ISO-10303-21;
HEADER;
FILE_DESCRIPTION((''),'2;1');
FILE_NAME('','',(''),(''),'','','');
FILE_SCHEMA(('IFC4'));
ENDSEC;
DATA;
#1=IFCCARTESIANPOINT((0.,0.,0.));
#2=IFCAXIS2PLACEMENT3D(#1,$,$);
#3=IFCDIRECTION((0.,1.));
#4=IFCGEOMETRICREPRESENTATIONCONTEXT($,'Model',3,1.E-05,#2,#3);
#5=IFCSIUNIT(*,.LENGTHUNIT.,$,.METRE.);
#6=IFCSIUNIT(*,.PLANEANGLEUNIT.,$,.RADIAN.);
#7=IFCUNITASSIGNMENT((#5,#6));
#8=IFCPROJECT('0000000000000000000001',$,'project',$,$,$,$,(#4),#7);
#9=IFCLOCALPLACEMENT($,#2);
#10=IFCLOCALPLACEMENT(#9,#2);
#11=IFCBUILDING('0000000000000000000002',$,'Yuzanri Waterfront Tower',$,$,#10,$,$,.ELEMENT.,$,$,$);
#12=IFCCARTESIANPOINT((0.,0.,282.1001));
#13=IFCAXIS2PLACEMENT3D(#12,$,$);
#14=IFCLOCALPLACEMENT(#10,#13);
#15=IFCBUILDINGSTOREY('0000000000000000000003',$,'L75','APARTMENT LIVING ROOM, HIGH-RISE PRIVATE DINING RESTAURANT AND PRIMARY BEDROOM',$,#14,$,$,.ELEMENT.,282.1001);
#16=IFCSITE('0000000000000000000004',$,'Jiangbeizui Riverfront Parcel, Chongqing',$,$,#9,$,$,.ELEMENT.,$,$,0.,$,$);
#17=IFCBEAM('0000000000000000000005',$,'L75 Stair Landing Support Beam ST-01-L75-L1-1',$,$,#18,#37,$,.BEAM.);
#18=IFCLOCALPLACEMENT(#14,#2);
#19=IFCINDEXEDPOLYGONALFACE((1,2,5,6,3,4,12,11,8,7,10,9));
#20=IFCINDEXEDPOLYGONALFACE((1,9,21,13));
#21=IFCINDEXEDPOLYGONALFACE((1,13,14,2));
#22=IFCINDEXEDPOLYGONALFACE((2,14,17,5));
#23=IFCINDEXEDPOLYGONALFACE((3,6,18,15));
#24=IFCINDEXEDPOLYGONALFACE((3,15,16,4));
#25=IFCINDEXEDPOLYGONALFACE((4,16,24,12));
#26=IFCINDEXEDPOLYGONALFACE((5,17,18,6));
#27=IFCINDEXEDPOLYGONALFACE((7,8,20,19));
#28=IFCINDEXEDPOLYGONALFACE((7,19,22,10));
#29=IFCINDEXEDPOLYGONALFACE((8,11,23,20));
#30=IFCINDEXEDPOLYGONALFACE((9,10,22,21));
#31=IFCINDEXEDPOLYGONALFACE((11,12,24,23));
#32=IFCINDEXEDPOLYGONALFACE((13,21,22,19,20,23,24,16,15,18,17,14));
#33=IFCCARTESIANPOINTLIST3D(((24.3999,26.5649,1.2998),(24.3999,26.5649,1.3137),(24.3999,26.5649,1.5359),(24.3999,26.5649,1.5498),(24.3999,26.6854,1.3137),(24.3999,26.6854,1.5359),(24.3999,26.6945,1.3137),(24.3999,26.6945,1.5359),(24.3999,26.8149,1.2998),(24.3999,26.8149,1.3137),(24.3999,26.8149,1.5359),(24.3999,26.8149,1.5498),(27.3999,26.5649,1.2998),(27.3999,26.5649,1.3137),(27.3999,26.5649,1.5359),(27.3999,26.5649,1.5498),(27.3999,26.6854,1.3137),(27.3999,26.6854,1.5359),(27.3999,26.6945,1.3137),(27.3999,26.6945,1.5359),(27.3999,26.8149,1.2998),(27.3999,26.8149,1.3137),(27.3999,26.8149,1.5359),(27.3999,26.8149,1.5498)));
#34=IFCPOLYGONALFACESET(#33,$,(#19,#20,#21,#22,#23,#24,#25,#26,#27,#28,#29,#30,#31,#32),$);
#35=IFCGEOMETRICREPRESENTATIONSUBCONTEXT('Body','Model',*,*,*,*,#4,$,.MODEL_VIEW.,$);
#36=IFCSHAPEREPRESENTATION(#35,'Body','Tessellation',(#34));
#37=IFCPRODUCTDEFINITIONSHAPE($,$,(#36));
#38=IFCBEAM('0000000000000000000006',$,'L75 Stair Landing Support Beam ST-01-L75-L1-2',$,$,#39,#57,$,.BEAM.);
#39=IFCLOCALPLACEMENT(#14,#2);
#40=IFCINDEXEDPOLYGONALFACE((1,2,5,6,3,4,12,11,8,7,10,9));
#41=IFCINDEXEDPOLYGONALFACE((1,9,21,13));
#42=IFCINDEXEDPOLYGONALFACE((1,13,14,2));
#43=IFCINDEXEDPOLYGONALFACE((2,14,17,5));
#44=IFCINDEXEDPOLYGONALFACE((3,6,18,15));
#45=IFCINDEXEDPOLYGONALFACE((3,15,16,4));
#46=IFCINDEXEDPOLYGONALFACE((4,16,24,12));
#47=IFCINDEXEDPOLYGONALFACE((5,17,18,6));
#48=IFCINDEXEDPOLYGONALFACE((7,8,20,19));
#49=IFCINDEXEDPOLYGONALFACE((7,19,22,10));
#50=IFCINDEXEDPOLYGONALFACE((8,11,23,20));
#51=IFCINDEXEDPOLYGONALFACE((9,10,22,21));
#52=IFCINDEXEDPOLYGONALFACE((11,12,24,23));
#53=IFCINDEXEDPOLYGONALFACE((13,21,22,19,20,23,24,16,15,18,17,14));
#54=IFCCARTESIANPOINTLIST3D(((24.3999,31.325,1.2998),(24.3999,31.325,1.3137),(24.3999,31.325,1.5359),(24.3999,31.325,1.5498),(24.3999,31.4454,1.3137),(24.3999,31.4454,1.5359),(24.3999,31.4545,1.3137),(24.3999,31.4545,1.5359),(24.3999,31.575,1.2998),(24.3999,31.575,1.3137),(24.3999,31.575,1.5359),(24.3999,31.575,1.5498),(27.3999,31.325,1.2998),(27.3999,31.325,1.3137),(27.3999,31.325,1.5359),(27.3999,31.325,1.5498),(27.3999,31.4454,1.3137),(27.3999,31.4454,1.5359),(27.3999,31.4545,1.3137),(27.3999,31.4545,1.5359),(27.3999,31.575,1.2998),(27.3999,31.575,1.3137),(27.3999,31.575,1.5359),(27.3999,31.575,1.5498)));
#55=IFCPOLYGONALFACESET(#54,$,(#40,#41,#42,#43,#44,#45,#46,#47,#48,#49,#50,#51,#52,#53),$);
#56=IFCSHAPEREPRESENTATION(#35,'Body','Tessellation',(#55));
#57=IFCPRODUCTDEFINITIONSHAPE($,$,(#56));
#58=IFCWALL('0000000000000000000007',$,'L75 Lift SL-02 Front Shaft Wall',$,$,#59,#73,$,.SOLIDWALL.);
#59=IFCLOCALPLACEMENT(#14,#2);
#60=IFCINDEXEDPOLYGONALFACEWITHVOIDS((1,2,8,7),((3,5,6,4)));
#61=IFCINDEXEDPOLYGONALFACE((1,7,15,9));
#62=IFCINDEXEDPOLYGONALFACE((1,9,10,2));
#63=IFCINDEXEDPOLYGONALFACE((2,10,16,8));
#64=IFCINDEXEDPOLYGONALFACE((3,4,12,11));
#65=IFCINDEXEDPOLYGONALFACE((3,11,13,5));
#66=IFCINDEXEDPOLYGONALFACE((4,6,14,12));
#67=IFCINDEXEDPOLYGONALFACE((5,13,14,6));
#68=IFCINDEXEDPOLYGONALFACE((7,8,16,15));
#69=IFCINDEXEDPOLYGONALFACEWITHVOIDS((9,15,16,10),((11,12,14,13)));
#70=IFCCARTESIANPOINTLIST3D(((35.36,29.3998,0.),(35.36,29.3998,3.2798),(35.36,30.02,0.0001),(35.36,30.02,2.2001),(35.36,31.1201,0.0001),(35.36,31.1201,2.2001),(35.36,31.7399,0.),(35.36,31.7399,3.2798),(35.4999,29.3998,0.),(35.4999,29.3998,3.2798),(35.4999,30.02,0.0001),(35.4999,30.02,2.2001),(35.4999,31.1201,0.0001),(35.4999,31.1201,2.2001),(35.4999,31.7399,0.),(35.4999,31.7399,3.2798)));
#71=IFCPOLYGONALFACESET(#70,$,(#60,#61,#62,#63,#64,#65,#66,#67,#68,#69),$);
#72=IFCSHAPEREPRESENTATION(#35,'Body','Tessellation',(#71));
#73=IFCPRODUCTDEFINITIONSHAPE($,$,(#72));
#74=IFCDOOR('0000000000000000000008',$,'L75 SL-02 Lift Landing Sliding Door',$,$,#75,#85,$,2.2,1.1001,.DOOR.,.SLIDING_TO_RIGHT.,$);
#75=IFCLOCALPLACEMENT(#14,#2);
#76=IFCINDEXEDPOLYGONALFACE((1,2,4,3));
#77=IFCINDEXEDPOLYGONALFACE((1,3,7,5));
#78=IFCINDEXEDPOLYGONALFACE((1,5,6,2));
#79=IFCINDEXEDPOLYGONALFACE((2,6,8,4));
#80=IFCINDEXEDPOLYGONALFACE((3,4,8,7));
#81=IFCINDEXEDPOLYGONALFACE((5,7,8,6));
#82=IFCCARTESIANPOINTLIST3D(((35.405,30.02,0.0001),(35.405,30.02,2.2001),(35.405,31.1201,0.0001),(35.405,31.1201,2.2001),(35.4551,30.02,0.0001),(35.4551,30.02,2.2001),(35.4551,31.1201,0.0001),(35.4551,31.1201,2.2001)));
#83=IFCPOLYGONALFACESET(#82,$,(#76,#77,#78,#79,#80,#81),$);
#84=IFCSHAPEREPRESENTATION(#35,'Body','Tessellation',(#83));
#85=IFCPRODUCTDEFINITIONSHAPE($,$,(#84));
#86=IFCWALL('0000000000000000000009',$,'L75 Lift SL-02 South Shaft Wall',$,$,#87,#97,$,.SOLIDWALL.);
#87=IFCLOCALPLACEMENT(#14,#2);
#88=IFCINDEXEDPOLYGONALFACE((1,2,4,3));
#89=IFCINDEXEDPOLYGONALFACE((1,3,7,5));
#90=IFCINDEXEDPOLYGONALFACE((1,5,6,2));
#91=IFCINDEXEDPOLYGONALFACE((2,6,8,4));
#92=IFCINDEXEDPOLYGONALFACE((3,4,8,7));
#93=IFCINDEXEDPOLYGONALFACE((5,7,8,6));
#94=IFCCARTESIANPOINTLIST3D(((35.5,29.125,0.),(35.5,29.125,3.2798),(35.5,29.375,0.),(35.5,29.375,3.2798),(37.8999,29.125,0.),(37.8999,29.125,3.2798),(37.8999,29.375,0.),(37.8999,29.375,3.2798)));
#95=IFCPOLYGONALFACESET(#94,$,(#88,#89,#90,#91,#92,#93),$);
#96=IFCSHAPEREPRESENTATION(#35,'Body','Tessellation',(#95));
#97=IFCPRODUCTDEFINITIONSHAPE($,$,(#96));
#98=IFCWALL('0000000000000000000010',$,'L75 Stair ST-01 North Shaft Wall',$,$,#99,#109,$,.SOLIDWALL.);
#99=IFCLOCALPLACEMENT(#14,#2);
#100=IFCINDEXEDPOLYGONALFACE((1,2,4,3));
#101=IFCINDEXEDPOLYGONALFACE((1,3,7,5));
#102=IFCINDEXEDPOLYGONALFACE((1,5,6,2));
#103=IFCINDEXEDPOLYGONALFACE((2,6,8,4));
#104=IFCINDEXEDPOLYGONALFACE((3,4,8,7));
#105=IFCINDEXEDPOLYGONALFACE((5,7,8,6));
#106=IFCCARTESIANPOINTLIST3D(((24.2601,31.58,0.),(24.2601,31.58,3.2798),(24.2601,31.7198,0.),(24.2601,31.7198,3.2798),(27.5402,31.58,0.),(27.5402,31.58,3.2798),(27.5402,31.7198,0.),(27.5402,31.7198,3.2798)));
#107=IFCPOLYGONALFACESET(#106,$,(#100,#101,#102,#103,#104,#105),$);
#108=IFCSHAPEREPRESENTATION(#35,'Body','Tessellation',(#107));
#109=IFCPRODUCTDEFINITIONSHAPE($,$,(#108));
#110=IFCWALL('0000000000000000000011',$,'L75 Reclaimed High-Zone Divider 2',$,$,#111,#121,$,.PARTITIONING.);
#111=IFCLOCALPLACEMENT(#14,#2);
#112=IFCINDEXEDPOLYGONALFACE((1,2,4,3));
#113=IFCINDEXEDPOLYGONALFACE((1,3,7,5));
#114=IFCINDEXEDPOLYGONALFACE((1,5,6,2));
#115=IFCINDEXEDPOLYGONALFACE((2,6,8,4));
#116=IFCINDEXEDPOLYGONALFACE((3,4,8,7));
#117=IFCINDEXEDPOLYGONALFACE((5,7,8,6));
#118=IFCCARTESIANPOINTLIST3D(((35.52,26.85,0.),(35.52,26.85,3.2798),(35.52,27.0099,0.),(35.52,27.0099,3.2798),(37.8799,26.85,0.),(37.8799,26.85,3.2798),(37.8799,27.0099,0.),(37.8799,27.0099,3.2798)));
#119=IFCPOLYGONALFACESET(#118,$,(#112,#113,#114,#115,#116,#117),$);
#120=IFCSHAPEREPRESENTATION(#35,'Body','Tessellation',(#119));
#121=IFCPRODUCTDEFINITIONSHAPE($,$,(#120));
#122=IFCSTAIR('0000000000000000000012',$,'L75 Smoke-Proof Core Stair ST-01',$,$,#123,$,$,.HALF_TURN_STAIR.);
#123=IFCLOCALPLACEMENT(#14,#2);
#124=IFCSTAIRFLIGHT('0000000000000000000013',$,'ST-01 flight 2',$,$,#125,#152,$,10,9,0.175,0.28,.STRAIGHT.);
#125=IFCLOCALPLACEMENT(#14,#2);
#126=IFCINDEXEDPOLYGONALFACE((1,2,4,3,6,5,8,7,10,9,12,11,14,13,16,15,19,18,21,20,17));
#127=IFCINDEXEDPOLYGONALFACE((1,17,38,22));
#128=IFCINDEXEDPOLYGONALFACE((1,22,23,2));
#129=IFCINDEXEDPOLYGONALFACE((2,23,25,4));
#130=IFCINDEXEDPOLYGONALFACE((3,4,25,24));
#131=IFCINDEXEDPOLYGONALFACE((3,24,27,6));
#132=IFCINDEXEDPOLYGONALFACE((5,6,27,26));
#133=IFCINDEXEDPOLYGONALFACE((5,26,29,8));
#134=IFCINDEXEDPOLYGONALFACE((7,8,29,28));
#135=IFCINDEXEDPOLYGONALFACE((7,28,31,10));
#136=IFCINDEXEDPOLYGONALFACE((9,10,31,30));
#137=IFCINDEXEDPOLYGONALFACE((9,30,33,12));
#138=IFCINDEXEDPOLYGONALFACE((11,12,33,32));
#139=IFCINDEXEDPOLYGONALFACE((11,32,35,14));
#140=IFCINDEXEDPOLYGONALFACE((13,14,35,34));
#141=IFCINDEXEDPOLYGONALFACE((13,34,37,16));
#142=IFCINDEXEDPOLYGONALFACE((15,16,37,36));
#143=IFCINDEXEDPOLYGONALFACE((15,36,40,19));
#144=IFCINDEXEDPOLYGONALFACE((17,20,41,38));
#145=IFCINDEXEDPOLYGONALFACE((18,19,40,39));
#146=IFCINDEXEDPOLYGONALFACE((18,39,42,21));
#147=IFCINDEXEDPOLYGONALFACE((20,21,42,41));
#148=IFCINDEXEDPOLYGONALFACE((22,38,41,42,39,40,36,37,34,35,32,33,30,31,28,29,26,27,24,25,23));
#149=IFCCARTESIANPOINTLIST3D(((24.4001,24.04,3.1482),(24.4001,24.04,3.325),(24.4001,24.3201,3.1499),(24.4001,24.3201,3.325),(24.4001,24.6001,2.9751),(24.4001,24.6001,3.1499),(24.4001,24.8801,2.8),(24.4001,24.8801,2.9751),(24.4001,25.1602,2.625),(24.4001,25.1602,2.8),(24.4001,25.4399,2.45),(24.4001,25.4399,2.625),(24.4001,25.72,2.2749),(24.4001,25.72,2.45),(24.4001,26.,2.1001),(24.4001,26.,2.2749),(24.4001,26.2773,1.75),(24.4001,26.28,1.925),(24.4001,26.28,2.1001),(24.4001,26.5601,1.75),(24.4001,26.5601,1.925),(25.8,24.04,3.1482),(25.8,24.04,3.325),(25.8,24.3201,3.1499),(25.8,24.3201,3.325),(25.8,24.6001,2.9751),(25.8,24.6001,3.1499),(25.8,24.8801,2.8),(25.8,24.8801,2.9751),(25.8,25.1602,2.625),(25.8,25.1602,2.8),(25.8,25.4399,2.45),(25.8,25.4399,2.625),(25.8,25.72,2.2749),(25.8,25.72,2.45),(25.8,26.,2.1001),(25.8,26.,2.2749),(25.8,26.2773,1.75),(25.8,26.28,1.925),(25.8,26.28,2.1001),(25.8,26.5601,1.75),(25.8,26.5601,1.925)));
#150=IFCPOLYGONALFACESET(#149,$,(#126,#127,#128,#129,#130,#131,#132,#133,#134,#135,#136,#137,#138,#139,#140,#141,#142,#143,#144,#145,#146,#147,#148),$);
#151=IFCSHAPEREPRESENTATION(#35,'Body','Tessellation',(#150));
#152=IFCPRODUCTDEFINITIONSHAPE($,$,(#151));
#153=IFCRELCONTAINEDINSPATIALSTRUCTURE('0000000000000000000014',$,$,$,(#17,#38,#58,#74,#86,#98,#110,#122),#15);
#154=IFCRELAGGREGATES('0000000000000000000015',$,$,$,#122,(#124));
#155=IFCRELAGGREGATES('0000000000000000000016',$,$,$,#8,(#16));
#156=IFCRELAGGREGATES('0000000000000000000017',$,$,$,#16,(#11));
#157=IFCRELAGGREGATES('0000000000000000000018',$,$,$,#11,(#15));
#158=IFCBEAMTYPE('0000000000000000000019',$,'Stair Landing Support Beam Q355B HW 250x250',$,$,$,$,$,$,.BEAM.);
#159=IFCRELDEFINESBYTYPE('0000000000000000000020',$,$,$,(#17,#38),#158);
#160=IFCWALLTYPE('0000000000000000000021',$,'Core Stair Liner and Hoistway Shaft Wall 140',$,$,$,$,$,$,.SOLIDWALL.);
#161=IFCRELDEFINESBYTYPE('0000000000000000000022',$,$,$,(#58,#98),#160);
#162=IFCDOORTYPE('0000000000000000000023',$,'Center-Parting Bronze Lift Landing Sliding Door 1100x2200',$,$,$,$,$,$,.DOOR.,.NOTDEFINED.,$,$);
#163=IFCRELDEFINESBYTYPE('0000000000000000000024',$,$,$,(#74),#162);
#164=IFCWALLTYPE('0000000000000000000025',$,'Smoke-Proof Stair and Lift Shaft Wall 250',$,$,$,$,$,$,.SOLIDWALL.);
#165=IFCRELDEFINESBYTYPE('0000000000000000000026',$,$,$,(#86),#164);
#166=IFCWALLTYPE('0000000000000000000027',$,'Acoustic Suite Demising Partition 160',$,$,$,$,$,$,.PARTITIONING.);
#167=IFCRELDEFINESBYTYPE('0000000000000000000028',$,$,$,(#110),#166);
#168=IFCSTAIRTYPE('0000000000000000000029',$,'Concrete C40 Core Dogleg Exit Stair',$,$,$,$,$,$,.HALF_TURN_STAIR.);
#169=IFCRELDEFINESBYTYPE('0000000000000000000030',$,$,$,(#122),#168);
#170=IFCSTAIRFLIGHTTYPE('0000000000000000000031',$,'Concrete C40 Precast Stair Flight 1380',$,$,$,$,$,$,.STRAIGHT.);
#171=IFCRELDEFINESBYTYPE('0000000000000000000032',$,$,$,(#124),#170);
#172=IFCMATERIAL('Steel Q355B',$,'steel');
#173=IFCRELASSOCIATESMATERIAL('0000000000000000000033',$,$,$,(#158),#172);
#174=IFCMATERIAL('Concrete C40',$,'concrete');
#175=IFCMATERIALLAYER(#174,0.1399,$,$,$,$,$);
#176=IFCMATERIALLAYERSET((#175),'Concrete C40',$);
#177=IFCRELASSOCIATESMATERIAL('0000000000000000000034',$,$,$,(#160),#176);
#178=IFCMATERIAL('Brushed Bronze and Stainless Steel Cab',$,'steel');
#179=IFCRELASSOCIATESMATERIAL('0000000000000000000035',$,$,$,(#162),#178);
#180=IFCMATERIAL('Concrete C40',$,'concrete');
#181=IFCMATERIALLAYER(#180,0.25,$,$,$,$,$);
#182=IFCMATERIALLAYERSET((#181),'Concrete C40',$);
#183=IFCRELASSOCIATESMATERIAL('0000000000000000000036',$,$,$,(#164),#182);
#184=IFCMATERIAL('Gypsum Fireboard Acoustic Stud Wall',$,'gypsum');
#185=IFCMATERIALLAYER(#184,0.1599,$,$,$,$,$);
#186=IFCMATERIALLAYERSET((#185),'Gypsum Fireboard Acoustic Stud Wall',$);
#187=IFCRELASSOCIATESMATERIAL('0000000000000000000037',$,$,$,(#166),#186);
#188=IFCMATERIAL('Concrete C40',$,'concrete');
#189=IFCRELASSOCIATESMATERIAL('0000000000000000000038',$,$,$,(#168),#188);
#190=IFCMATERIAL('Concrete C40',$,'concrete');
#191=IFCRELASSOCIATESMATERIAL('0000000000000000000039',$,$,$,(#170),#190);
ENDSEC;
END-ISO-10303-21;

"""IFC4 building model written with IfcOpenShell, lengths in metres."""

from ifc_helpers import new_model, si_unit, direction, frame, frame_2d, origin, origin_2d, place, context, subcontext, project, spatial, polyline, rectangle, i_section, outline, extrude, source, transform, mapped, material, layer, layer_set, material_profile, profile_set, type_object, element, fill, aggregate, save


model = new_model("IFC4")

# Units and contexts
model_context = context("Model", 3, precision=1e-05, world=origin(), true_north=direction((0.0, 1.0)))
body_context = subcontext(model_context, "Body", "Model", "MODEL_VIEW")
ifc_project = project(units=[si_unit("LENGTHUNIT", "METRE"), si_unit("PLANEANGLEUNIT", "RADIAN")], contexts=[model_context])

# Site, building, storey
site_placement = place(None, origin())
site = spatial("IfcSite", under=ifc_project, at=site_placement, Name="Jiangbeizui Riverfront Parcel, Chongqing", CompositionType="ELEMENT", RefElevation=0.0)
building_placement = place(site_placement, origin())
building = spatial("IfcBuilding", under=site, at=building_placement, Name="Yuzanri Waterfront Tower", CompositionType="ELEMENT")
storey_placement = place(building_placement, frame((0.0, 0.0, 282.1001)))
storey = spatial("IfcBuildingStorey", under=building, at=storey_placement, Name="L75", Description="APARTMENT LIVING ROOM, HIGH-RISE PRIVATE DINING RESTAURANT AND PRIMARY BEDROOM", CompositionType="ELEMENT", Elevation=282.1001)

# Beams
ifc_material_1 = material(Name="Steel Q355B", Category="steel")
ifc_material_profile_1 = material_profile(ifc_material_1, i_section(OverallWidth=0.25, OverallDepth=0.25, WebThickness=0.009, FlangeThickness=0.0139, at=origin_2d()), Name="HW 250x250x9x14")
ifc_profile_set_1 = profile_set([ifc_material_profile_1], Name="Steel Q355B")
beam_type_1 = type_object("IfcBeamType", Name="Stair Landing Support Beam Q355B HW 250x250", PredefinedType="BEAM", material=ifc_profile_set_1)
shared_shape_1 = source(origin(), body_context, "Body", "SweptSolid", [
    extrude(i_section(OverallWidth=0.25, OverallDepth=0.25, WebThickness=0.009, FlangeThickness=0.0139, at=origin_2d()), origin(), (0.0, 0.0, 1.0), 3.0),
])
for number, where, z_axis, x_axis, name in (
    (1, (24.3999, 26.6899, 1.4248), (1.0, 0.0, 0.0), (0.0, 1.0, 0.0), "L75 Stair Landing Support Beam ST-01-L75-L1-1"),
    (2, (24.3999, 31.45, 1.4248), (1.0, 0.0, 0.0), (0.0, 1.0, 0.0), "L75 Stair Landing Support Beam ST-01-L75-L1-2"),
):
    element("IfcBeam", number, at=place(storey_placement, frame(where, z_axis=z_axis, x_axis=x_axis)), inside=storey, type_object=beam_type_1, Name=name, PredefinedType="BEAM", context=body_context, shape_type="MappedRepresentation", body=[
        mapped(shared_shape_1, transform((0.0, 0.0, 0.0), scale=1.0)),
    ])

# Wall, opening, door
ifc_material_2 = material(Name="Concrete C40", Category="concrete")
ifc_layer_1 = layer(ifc_material_2, 0.1399)
ifc_layer_set_1 = layer_set([ifc_layer_1], Name="Concrete C40")
wall_type_1 = type_object("IfcWallType", Name="Core Stair Liner and Hoistway Shaft Wall 140", PredefinedType="SOLIDWALL", material=ifc_layer_set_1)
wall_1_placement = place(storey_placement, frame((35.4299, 29.3999, 0.0), z_axis=(0.0, 0.0, 1.0), x_axis=(0.0, 1.0, 0.0)))
wall_1 = element("IfcWall", 3, at=wall_1_placement, inside=storey, type_object=wall_type_1, Name="L75 Lift SL-02 Front Shaft Wall", PredefinedType="SOLIDWALL", context=body_context, shape_type="SweptSolid", body=[
    extrude(rectangle(XDim=2.3401, YDim=0.1399, at=frame_2d((1.1699, 0.0))), origin(), (0.0, 0.0, 1.0), 3.2798),
])
opening_1_placement = place(wall_1_placement, frame((0.6201, 0.0, 0.0)))
opening_1 = element("IfcOpeningElement", 4, at=opening_1_placement, cuts=wall_1, PredefinedType="OPENING", context=body_context, shape_type="SweptSolid", body=[
    extrude(rectangle(XDim=1.1001, YDim=2.2, at=frame_2d((0.55, 1.1001))), frame((0.0, 0.085, 0.0), z_axis=(0.0, -1.0, 0.0), x_axis=(1.0, 0.0, 0.0)), (0.0, 0.0, 1.0), 0.1697),
])
ifc_material_3 = material(Name="Brushed Bronze and Stainless Steel Cab", Category="steel")
door_type_1 = type_object("IfcDoorType", Name="Center-Parting Bronze Lift Landing Sliding Door 1100x2200", OperationType="NOTDEFINED", PredefinedType="DOOR", material=ifc_material_3)
shared_shape_2 = source(origin(), body_context, "Body", "SweptSolid", [
    extrude(rectangle(XDim=1.1001, YDim=2.2, at=frame_2d((0.55, 1.1001))), frame((0.0, 0.0249, 0.0), z_axis=(0.0, -1.0, 0.0), x_axis=(1.0, 0.0, 0.0)), (0.0, 0.0, 1.0), 0.05),
])
door_1_placement = place(opening_1_placement, origin())
door_1 = element("IfcDoor", 5, at=door_1_placement, inside=storey, type_object=door_type_1, Name="L75 SL-02 Lift Landing Sliding Door", OperationType="SLIDING_TO_RIGHT", OverallHeight=2.2, OverallWidth=1.1001, PredefinedType="DOOR", context=body_context, shape_type="MappedRepresentation", body=[
    mapped(shared_shape_2, transform((0.0, 0.0, 0.0), scale=1.0)),
])
fill(opening_1, door_1)

# Walls
ifc_material_4 = material(Name="Concrete C40", Category="concrete")
ifc_layer_2 = layer(ifc_material_4, 0.25)
ifc_layer_set_2 = layer_set([ifc_layer_2], Name="Concrete C40")
wall_type_2 = type_object("IfcWallType", Name="Smoke-Proof Stair and Lift Shaft Wall 250", PredefinedType="SOLIDWALL", material=ifc_layer_set_2)
shared_shape_3 = source(origin(), body_context, "Body", "SweptSolid", [
    extrude(rectangle(XDim=2.3999, YDim=0.25, at=frame_2d((1.2, 0.0))), origin(), (0.0, 0.0, 1.0), 3.2798),
])
wall_2_placement = place(storey_placement, frame((35.5, 29.25, 0.0), z_axis=(0.0, 0.0, 1.0), x_axis=(1.0, 0.0, 0.0)))
element("IfcWall", 6, at=wall_2_placement, inside=storey, type_object=wall_type_2, Name="L75 Lift SL-02 South Shaft Wall", PredefinedType="SOLIDWALL", context=body_context, shape_type="MappedRepresentation", body=[
    mapped(shared_shape_3, transform((0.0, 0.0, 0.0), scale=1.0)),
])
shared_shape_4 = source(origin(), body_context, "Body", "SweptSolid", [
    extrude(rectangle(XDim=3.28, YDim=0.1399, at=frame_2d((1.6401, 0.0))), origin(), (0.0, 0.0, 1.0), 3.2798),
])
wall_3_placement = place(storey_placement, frame((24.26, 31.6499, 0.0), z_axis=(0.0, 0.0, 1.0), x_axis=(1.0, 0.0, 0.0)))
element("IfcWall", 7, at=wall_3_placement, inside=storey, type_object=wall_type_1, Name="L75 Stair ST-01 North Shaft Wall", PredefinedType="SOLIDWALL", context=body_context, shape_type="MappedRepresentation", body=[
    mapped(shared_shape_4, transform((0.0, 0.0, 0.0), scale=1.0)),
])
ifc_material_5 = material(Name="Gypsum Fireboard Acoustic Stud Wall", Category="gypsum")
ifc_layer_3 = layer(ifc_material_5, 0.1599)
ifc_layer_set_3 = layer_set([ifc_layer_3], Name="Gypsum Fireboard Acoustic Stud Wall")
wall_type_3 = type_object("IfcWallType", Name="Acoustic Suite Demising Partition 160", PredefinedType="PARTITIONING", material=ifc_layer_set_3)
shared_shape_5 = source(origin(), body_context, "Body", "SweptSolid", [
    extrude(rectangle(XDim=2.3599, YDim=0.1599, at=frame_2d((1.1799, 0.0))), origin(), (0.0, 0.0, 1.0), 3.2798),
])
wall_4_placement = place(storey_placement, frame((35.52, 26.9299, 0.0), z_axis=(0.0, 0.0, 1.0), x_axis=(1.0, 0.0, 0.0)))
element("IfcWall", 8, at=wall_4_placement, inside=storey, type_object=wall_type_3, Name="L75 Reclaimed High-Zone Divider 2", PredefinedType="PARTITIONING", context=body_context, shape_type="MappedRepresentation", body=[
    mapped(shared_shape_5, transform((0.0, 0.0, 0.0), scale=1.0)),
])

# Stair, stair flight
ifc_material_6 = material(Name="Concrete C40", Category="concrete")
stair_type = type_object("IfcStairType", Name="Concrete C40 Core Dogleg Exit Stair", PredefinedType="HALF_TURN_STAIR", material=ifc_material_6)
stair_placement = place(storey_placement, origin())
stair = element("IfcStair", 9, at=stair_placement, inside=storey, type_object=stair_type, Name="L75 Smoke-Proof Core Stair ST-01", PredefinedType="HALF_TURN_STAIR")
ifc_material_7 = material(Name="Concrete C40", Category="concrete")
stair_flight_type = type_object("IfcStairFlightType", Name="Concrete C40 Precast Stair Flight 1380", PredefinedType="STRAIGHT", material=ifc_material_7)
shared_shape_6 = source(origin(), body_context, "Body", "SweptSolid", [
    extrude(outline(polyline([(0.0, 0.0), (0.0, 0.175), (0.28, 0.175), (0.28, 0.3501), (0.5601, 0.3501), (0.5601, 0.5249), (0.8401, 0.5249), (0.8401, 0.7), (1.1201, 0.7), (1.1201, 0.875), (1.3999, 0.875), (1.3999, 1.05), (1.6799, 1.05), (1.6799, 1.2251), (1.96, 1.2251), (1.96, 1.3999), (2.24, 1.3999), (2.24, 1.575), (2.52, 1.575), (2.52, 1.75), (2.52, 1.3982), (0.2827, 0.0), (0.0, 0.0)])), frame((0.0, 0.7, 0.0), z_axis=(0.0, -1.0, 0.0), x_axis=(1.0, 0.0, 0.0)), (0.0, 0.0, 1.0), 1.3999),
])
stair_flight_placement = place(storey_placement, frame((25.1001, 26.5601, 1.75), z_axis=(0.0, 0.0, 1.0), x_axis=(0.0, -1.0, 0.0)))
stair_flight = element("IfcStairFlight", 10, at=stair_flight_placement, type_object=stair_flight_type, Name="ST-01 flight 2", NumberOfRisers=10, NumberOfTreads=9, PredefinedType="STRAIGHT", RiserHeight=0.175, TreadLength=0.28, context=body_context, shape_type="MappedRepresentation", body=[
    mapped(shared_shape_6, transform((0.0, 0.0, 0.0), scale=1.0)),
])
aggregate(stair, [stair_flight])

save(model, "model.ifc")
